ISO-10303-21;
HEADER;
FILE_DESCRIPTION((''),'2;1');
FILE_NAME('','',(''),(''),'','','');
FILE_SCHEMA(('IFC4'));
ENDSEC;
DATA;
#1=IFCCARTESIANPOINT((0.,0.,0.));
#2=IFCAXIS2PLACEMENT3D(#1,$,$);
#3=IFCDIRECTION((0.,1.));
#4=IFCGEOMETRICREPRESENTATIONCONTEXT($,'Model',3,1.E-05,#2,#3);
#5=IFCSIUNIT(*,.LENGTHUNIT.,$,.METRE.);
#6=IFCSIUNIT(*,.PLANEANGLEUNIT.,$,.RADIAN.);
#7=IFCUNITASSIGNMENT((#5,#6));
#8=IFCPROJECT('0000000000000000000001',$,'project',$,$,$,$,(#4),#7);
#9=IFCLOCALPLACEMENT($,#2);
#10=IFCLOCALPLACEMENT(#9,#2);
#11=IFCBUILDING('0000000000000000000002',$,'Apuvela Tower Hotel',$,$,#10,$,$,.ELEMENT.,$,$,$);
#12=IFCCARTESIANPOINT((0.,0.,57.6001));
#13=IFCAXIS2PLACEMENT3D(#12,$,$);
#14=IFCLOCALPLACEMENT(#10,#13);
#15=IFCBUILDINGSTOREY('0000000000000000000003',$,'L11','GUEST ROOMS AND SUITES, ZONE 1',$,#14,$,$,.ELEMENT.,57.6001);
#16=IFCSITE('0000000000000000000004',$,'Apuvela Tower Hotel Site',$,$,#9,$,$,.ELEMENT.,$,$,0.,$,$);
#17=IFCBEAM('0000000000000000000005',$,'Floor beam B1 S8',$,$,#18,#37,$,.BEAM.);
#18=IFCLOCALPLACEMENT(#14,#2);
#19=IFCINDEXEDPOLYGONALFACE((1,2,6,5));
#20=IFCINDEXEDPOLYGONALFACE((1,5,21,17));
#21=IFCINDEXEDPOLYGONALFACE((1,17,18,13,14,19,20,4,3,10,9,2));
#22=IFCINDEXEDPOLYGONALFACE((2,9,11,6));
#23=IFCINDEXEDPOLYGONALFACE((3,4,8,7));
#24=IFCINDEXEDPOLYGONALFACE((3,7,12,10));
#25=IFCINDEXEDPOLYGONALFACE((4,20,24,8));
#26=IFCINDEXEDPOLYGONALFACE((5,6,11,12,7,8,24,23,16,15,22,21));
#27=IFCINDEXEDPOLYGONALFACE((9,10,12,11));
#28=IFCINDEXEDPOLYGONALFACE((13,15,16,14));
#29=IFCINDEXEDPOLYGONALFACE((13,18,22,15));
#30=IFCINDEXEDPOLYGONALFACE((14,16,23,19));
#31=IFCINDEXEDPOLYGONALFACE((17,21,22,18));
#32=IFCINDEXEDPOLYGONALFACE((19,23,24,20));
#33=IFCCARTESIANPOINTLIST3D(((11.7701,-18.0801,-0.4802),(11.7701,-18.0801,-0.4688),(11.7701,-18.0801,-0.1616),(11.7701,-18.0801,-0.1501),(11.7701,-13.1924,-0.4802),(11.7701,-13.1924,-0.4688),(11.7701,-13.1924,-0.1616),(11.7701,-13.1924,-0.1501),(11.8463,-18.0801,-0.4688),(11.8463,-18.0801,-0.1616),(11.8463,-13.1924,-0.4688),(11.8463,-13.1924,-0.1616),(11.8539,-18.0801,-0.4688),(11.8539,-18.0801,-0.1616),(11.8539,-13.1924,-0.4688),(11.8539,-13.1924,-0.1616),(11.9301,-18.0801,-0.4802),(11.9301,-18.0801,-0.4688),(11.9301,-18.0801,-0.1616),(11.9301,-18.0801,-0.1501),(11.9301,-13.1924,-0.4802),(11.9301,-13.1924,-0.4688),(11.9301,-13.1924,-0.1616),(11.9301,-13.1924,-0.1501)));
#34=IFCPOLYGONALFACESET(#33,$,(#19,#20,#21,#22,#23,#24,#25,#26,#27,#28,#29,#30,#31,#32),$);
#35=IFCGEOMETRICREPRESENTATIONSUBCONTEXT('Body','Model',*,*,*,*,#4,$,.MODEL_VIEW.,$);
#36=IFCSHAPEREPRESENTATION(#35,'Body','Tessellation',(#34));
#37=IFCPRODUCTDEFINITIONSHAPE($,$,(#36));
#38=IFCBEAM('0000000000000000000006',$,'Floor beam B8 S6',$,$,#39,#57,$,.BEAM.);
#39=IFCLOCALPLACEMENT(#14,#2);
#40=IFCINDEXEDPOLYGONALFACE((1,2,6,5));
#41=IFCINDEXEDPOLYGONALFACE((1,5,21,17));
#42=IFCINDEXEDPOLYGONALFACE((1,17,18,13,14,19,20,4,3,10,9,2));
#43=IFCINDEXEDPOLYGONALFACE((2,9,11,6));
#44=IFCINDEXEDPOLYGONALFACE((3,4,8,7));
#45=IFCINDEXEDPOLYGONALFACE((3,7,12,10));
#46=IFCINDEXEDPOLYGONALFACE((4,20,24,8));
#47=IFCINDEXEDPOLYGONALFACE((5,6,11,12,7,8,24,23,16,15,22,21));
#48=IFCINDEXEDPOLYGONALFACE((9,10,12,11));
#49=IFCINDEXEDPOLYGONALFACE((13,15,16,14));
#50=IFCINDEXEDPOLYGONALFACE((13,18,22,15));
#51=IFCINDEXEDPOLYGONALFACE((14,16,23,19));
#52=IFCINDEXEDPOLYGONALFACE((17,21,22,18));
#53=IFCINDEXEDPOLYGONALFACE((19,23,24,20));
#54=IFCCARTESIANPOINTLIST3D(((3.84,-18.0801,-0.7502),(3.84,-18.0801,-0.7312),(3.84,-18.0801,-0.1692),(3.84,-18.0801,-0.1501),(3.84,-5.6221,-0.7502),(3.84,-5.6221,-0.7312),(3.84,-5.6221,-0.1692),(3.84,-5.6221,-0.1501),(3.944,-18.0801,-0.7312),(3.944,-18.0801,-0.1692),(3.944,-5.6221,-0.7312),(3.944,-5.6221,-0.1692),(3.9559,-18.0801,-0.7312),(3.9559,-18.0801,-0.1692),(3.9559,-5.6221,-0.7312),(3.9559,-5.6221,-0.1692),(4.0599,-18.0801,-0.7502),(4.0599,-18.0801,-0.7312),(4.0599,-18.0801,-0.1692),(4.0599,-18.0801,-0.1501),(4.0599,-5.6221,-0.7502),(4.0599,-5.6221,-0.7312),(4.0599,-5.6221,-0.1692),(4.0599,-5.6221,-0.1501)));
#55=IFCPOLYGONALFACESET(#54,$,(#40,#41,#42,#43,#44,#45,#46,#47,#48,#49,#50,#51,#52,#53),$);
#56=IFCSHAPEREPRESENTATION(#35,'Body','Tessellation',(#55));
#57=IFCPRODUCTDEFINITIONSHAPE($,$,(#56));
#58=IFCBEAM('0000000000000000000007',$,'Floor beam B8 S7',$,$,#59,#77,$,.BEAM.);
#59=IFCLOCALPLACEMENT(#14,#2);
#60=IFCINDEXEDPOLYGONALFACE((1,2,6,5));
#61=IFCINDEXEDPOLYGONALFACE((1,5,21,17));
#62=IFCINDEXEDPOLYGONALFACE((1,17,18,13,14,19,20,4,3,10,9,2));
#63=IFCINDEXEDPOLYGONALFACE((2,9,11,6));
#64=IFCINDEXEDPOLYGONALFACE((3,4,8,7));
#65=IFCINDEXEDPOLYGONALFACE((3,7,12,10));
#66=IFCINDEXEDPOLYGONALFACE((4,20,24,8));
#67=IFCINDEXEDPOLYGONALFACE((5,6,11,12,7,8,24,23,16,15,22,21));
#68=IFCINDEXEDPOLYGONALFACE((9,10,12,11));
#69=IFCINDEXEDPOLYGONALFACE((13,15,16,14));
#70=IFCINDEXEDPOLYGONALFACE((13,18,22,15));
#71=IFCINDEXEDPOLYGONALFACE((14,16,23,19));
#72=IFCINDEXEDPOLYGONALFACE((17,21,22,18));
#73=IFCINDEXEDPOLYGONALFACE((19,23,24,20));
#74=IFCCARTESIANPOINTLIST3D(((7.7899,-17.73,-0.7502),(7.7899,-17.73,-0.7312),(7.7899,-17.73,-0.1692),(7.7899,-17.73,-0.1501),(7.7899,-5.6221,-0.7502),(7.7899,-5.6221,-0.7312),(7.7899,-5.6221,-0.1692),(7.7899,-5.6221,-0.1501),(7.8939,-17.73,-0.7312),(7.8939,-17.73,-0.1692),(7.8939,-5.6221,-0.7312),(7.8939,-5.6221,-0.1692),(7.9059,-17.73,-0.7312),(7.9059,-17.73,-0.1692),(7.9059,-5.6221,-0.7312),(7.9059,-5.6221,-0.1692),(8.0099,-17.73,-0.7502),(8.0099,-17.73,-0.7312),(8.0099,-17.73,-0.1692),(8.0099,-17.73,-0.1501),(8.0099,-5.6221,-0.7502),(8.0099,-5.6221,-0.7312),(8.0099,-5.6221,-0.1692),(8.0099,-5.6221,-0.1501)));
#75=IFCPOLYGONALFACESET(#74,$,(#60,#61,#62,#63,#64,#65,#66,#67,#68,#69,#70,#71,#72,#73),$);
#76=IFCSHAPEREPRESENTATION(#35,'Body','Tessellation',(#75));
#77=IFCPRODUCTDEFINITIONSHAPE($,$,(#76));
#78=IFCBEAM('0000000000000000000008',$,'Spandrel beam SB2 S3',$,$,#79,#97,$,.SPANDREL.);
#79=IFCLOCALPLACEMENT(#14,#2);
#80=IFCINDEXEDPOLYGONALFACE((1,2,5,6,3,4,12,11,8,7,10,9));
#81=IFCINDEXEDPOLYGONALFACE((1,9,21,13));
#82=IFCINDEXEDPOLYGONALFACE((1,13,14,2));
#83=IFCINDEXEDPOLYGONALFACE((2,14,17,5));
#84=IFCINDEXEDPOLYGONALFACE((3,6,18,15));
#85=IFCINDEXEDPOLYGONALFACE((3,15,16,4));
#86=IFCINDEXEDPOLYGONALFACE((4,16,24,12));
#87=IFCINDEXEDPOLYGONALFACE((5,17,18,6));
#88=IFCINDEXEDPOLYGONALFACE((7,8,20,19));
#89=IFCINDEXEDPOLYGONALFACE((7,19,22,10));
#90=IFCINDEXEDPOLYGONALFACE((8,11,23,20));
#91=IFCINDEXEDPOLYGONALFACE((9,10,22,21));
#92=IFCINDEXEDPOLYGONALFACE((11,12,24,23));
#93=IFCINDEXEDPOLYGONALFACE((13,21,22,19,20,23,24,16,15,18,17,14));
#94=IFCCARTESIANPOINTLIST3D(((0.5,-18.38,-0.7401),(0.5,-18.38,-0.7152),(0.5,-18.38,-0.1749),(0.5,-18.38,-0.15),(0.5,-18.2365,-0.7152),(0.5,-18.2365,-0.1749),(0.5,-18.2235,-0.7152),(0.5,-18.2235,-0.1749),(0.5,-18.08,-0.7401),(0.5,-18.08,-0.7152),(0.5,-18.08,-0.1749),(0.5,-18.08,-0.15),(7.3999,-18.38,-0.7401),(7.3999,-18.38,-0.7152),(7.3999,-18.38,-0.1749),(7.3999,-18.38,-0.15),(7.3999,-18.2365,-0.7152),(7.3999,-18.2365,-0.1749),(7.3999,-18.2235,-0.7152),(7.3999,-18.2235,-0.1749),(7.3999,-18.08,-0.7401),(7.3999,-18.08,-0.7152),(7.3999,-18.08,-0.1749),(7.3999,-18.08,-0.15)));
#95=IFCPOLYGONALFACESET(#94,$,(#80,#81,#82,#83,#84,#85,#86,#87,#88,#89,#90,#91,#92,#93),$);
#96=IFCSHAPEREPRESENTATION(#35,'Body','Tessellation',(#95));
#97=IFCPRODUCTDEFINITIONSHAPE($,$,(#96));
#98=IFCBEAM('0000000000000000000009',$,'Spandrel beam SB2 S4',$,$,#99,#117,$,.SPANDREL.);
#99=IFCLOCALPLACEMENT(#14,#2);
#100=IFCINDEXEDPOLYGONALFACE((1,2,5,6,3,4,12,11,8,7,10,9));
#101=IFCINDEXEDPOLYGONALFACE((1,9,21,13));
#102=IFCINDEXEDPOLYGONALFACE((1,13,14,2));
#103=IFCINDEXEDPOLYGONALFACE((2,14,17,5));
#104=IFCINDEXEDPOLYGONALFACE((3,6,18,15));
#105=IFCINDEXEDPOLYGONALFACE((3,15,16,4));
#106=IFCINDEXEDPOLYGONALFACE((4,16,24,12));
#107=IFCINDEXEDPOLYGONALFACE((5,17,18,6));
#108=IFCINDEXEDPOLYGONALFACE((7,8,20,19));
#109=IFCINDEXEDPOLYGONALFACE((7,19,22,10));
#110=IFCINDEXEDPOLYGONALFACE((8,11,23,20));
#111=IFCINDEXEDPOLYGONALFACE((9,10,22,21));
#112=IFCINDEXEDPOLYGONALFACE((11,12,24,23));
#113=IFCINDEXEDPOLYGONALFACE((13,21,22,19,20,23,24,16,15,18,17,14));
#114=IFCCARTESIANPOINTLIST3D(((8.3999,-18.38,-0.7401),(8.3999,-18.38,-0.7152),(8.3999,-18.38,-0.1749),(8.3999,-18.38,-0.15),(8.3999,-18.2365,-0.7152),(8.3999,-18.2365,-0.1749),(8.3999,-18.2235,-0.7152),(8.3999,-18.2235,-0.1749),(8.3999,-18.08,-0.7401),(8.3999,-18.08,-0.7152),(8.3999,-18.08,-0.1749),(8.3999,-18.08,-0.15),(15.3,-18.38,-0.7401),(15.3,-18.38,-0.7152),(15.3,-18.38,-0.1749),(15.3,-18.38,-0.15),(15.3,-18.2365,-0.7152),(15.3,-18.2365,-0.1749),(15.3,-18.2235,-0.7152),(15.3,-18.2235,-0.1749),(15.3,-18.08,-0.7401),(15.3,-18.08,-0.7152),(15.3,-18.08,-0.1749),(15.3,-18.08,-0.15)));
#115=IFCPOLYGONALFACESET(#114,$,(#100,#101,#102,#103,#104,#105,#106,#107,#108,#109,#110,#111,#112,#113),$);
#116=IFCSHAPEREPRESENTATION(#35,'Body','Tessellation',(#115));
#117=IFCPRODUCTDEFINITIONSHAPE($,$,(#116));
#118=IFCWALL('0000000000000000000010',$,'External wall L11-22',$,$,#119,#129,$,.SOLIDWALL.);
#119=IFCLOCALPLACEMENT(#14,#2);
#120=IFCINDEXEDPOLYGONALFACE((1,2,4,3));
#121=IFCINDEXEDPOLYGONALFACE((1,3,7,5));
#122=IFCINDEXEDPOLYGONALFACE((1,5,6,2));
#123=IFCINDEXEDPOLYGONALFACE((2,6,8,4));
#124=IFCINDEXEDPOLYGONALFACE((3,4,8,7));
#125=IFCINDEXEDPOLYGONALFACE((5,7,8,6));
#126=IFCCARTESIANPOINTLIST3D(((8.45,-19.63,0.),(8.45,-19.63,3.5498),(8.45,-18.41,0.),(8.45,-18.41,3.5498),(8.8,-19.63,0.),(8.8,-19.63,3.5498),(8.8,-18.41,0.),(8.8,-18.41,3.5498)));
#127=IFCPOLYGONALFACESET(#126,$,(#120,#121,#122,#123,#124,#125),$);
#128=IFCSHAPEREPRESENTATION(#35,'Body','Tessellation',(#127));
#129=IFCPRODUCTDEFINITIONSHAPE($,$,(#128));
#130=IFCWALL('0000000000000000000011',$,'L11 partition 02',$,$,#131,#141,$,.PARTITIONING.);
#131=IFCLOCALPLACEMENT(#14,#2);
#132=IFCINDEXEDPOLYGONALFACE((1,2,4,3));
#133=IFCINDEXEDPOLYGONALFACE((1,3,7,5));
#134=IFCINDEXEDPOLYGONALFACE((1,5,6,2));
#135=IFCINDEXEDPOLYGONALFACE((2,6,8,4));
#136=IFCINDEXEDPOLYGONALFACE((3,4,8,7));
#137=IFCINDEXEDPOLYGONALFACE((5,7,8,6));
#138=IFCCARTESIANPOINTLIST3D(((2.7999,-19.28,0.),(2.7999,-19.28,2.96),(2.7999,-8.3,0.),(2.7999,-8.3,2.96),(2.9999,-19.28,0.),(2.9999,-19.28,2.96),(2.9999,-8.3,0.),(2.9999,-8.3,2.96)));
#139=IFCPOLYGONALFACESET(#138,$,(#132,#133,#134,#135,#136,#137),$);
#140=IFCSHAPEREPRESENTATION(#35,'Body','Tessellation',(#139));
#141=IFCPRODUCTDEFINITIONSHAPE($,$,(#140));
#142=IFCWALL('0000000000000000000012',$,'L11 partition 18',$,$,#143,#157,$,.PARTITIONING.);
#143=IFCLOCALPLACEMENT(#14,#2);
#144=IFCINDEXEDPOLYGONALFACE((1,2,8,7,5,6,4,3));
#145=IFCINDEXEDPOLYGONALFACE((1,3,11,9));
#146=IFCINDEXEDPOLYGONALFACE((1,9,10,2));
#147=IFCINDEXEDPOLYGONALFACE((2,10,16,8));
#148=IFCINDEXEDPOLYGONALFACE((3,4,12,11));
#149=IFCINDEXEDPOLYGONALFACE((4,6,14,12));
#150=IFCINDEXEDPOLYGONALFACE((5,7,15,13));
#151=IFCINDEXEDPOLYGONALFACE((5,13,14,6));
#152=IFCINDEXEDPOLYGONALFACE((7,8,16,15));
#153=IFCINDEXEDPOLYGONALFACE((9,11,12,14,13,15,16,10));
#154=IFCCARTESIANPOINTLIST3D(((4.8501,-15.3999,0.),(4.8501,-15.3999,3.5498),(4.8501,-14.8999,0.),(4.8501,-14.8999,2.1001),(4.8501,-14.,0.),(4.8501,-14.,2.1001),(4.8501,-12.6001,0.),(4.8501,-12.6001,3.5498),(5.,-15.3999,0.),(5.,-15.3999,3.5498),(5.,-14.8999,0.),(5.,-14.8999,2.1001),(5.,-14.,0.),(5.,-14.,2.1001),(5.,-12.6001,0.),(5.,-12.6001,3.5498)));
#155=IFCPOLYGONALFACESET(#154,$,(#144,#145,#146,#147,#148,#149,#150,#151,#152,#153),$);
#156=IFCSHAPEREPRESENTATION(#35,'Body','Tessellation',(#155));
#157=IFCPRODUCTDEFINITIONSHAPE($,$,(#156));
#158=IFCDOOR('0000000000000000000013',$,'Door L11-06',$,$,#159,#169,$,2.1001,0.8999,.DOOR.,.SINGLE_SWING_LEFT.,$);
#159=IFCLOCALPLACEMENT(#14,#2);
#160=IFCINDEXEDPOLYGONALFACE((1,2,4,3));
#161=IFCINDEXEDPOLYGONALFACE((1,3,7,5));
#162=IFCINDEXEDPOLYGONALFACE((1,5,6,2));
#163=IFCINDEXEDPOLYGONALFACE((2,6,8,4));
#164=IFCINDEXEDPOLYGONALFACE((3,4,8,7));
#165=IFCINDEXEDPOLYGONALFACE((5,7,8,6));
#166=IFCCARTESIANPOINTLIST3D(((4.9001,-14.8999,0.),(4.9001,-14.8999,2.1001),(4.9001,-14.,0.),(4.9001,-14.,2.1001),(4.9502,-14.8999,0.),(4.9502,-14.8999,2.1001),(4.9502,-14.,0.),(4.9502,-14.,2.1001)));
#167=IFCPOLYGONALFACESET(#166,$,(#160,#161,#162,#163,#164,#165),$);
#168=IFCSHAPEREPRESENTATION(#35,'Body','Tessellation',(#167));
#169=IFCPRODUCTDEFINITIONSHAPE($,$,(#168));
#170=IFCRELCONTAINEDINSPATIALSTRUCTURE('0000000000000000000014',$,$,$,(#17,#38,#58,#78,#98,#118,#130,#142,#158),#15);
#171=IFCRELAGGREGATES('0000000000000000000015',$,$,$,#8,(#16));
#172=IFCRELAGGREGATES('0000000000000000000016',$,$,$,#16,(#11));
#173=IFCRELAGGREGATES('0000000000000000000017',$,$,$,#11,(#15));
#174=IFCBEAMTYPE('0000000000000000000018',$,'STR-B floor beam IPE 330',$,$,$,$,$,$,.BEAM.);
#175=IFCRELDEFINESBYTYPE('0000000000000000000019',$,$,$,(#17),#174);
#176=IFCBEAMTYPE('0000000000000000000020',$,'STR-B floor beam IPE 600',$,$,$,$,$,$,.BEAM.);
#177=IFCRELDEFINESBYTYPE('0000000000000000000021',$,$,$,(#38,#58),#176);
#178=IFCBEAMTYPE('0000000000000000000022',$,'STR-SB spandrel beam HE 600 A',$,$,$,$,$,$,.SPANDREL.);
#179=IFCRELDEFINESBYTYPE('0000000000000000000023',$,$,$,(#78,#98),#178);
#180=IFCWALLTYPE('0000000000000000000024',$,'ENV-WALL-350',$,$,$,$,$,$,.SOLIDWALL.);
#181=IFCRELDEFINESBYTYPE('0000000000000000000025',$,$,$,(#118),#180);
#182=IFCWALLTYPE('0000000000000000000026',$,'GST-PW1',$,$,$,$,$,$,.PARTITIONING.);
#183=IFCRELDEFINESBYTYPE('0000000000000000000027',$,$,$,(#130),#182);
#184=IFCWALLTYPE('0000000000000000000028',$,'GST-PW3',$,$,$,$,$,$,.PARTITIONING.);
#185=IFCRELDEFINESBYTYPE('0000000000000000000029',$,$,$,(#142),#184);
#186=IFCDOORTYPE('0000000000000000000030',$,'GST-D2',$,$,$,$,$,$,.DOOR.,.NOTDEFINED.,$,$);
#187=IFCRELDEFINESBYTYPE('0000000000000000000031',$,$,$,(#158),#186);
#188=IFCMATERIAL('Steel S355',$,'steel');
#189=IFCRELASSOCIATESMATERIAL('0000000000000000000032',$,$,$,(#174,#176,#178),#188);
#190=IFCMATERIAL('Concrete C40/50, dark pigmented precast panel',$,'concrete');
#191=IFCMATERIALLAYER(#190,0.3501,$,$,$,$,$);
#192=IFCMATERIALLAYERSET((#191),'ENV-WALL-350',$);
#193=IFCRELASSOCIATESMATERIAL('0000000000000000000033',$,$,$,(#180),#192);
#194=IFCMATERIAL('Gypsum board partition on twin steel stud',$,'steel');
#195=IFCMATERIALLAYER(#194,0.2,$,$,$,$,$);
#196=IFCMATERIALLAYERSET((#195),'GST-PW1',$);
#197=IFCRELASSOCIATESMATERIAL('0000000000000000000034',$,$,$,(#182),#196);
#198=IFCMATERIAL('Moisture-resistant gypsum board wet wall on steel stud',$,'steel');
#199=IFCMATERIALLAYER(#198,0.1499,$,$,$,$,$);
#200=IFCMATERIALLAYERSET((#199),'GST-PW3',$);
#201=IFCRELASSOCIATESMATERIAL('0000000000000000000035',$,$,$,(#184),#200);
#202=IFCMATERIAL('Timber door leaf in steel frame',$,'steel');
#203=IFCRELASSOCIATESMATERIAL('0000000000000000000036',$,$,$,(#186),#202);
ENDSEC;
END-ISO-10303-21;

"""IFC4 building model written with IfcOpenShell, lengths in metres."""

from ifc_helpers import new_model, si_unit, direction, frame, frame_2d, origin, origin_2d, place, context, subcontext, project, spatial, rectangle, i_section, extrude, material, layer, layer_set, material_profile, profile_set, type_object, element, fill, save


model = new_model("IFC4")

# Units and contexts
model_context = context("Model", 3, precision=1e-05, world=origin(), true_north=direction((0.0, 1.0)))
body_context = subcontext(model_context, "Body", "Model", "MODEL_VIEW")
ifc_project = project(units=[si_unit("LENGTHUNIT", "METRE"), si_unit("PLANEANGLEUNIT", "RADIAN")], contexts=[model_context])

# Site, building, storey
site_placement = place(None, origin())
site = spatial("IfcSite", under=ifc_project, at=site_placement, Name="Apuvela Tower Hotel Site", CompositionType="ELEMENT", RefElevation=0.0)
building_placement = place(site_placement, origin())
building = spatial("IfcBuilding", under=site, at=building_placement, Name="Apuvela Tower Hotel", CompositionType="ELEMENT")
storey_placement = place(building_placement, frame((0.0, 0.0, 57.6001)))
storey = spatial("IfcBuildingStorey", under=building, at=storey_placement, Name="L11", Description="GUEST ROOMS AND SUITES, ZONE 1", CompositionType="ELEMENT", Elevation=57.6001)

# Beams
ifc_material_1 = material(Name="Steel S355", Category="steel")
ifc_material_profile_1 = material_profile(ifc_material_1, i_section(OverallWidth=0.1599, OverallDepth=0.3301, WebThickness=0.0076, FlangeThickness=0.0115, at=origin_2d()), Name="IPE 330")
ifc_profile_set_1 = profile_set([ifc_material_profile_1], Name="Steel S355")
beam_type_1 = type_object("IfcBeamType", Name="STR-B floor beam IPE 330", PredefinedType="BEAM", material=ifc_profile_set_1)
beam_1_placement = place(storey_placement, frame((11.8501, -18.0801, -0.3152), z_axis=(0.0, 1.0, 0.0), x_axis=(-1.0, 0.0, 0.0)))
element("IfcBeam", 1, at=beam_1_placement, inside=storey, type_object=beam_type_1, Name="Floor beam B1 S8", PredefinedType="BEAM", context=body_context, shape_type="SweptSolid", body=[
    extrude(i_section(OverallWidth=0.1599, OverallDepth=0.3301, WebThickness=0.0076, FlangeThickness=0.0115, at=origin_2d()), origin(), (0.0, 0.0, 1.0), 4.8877),
])
ifc_material_profile_2 = material_profile(ifc_material_1, i_section(OverallWidth=0.22, OverallDepth=0.6001, WebThickness=0.012, FlangeThickness=0.019, at=origin_2d()), Name="IPE 600")
ifc_profile_set_2 = profile_set([ifc_material_profile_2], Name="Steel S355")
beam_type_2 = type_object("IfcBeamType", Name="STR-B floor beam IPE 600", PredefinedType="BEAM", material=ifc_profile_set_2)
beam_2_placement = place(storey_placement, frame((3.95, -18.0801, -0.4502), z_axis=(0.0, 1.0, 0.0), x_axis=(-1.0, 0.0, 0.0)))
element("IfcBeam", 2, at=beam_2_placement, inside=storey, type_object=beam_type_2, Name="Floor beam B8 S6", PredefinedType="BEAM", context=body_context, shape_type="SweptSolid", body=[
    extrude(i_section(OverallWidth=0.22, OverallDepth=0.6001, WebThickness=0.012, FlangeThickness=0.019, at=origin_2d()), origin(), (0.0, 0.0, 1.0), 12.458),
])
beam_3_placement = place(storey_placement, frame((7.8999, -17.73, -0.4502), z_axis=(0.0, 1.0, 0.0), x_axis=(-1.0, 0.0, 0.0)))
element("IfcBeam", 3, at=beam_3_placement, inside=storey, type_object=beam_type_2, Name="Floor beam B8 S7", PredefinedType="BEAM", context=body_context, shape_type="SweptSolid", body=[
    extrude(i_section(OverallWidth=0.22, OverallDepth=0.6001, WebThickness=0.012, FlangeThickness=0.019, at=origin_2d()), origin(), (0.0, 0.0, 1.0), 12.1079),
])
ifc_material_profile_3 = material_profile(ifc_material_1, i_section(OverallWidth=0.3, OverallDepth=0.5901, WebThickness=0.0129, FlangeThickness=0.0249, at=origin_2d()), Name="HE 600 A")
ifc_profile_set_3 = profile_set([ifc_material_profile_3], Name="Steel S355")
beam_type_3 = type_object("IfcBeamType", Name="STR-SB spandrel beam HE 600 A", PredefinedType="SPANDREL", material=ifc_profile_set_3)
beam_4_placement = place(storey_placement, frame((0.5, -18.23, -0.4451), z_axis=(1.0, 0.0, 0.0), x_axis=(0.0, 1.0, 0.0)))
element("IfcBeam", 4, at=beam_4_placement, inside=storey, type_object=beam_type_3, Name="Spandrel beam SB2 S3", PredefinedType="SPANDREL", context=body_context, shape_type="SweptSolid", body=[
    extrude(i_section(OverallWidth=0.3, OverallDepth=0.5901, WebThickness=0.0129, FlangeThickness=0.0249, at=origin_2d()), origin(), (0.0, 0.0, 1.0), 6.8999),
])
beam_5_placement = place(storey_placement, frame((8.3999, -18.23, -0.4451), z_axis=(1.0, 0.0, 0.0), x_axis=(0.0, 1.0, 0.0)))
element("IfcBeam", 5, at=beam_5_placement, inside=storey, type_object=beam_type_3, Name="Spandrel beam SB2 S4", PredefinedType="SPANDREL", context=body_context, shape_type="SweptSolid", body=[
    extrude(i_section(OverallWidth=0.3, OverallDepth=0.5901, WebThickness=0.0129, FlangeThickness=0.0249, at=origin_2d()), origin(), (0.0, 0.0, 1.0), 6.9001),
])

# Wall
ifc_material_2 = material(Name="Concrete C40/50, dark pigmented precast panel", Category="concrete")
ifc_layer_1 = layer(ifc_material_2, 0.3501)
ifc_layer_set_1 = layer_set([ifc_layer_1], Name="ENV-WALL-350")
wall_type_1 = type_object("IfcWallType", Name="ENV-WALL-350", PredefinedType="SOLIDWALL", material=ifc_layer_set_1)
wall_1_placement = place(storey_placement, frame((8.625, -19.6299, 0.0), z_axis=(0.0, 0.0, 1.0), x_axis=(0.0, 1.0, 0.0)))
element("IfcWall", 6, at=wall_1_placement, inside=storey, type_object=wall_type_1, Name="External wall L11-22", PredefinedType="SOLIDWALL", context=body_context, shape_type="SweptSolid", body=[
    extrude(rectangle(XDim=1.22, YDim=0.3501, at=frame_2d((0.6099, 0.0))), origin(), (0.0, 0.0, 1.0), 3.5498),
])

# Wall
ifc_material_3 = material(Name="Gypsum board partition on twin steel stud", Category="steel")
ifc_layer_2 = layer(ifc_material_3, 0.2)
ifc_layer_set_2 = layer_set([ifc_layer_2], Name="GST-PW1")
wall_type_2 = type_object("IfcWallType", Name="GST-PW1", PredefinedType="PARTITIONING", material=ifc_layer_set_2)
wall_2_placement = place(storey_placement, frame((2.8999, -19.28, 0.0), z_axis=(0.0, 0.0, 1.0), x_axis=(0.0, 1.0, 0.0)))
element("IfcWall", 7, at=wall_2_placement, inside=storey, type_object=wall_type_2, Name="L11 partition 02", PredefinedType="PARTITIONING", context=body_context, shape_type="SweptSolid", body=[
    extrude(rectangle(XDim=10.98, YDim=0.2, at=frame_2d((5.49, 0.0))), origin(), (0.0, 0.0, 1.0), 2.96),
])

# Wall, opening, door
ifc_material_4 = material(Name="Moisture-resistant gypsum board wet wall on steel stud", Category="steel")
ifc_layer_3 = layer(ifc_material_4, 0.1499)
ifc_layer_set_3 = layer_set([ifc_layer_3], Name="GST-PW3")
wall_type_3 = type_object("IfcWallType", Name="GST-PW3", PredefinedType="PARTITIONING", material=ifc_layer_set_3)
wall_3_placement = place(storey_placement, frame((4.925, -15.3999, 0.0), z_axis=(0.0, 0.0, 1.0), x_axis=(0.0, 1.0, 0.0)))
wall_3 = element("IfcWall", 8, at=wall_3_placement, inside=storey, type_object=wall_type_3, Name="L11 partition 18", PredefinedType="PARTITIONING", context=body_context, shape_type="SweptSolid", body=[
    extrude(rectangle(XDim=2.7998, YDim=0.1499, at=frame_2d((1.3999, 0.0))), origin(), (0.0, 0.0, 1.0), 3.5498),
])
opening_1_placement = place(wall_3_placement, frame((0.5, 0.0, 0.0)))
opening_1 = element("IfcOpeningElement", 9, at=opening_1_placement, cuts=wall_3, PredefinedType="OPENING", context=body_context, shape_type="SweptSolid", body=[
    extrude(rectangle(XDim=0.8999, YDim=2.1001, at=frame_2d((0.45, 1.05))), frame((0.0, 0.085, 0.0), z_axis=(0.0, -1.0, 0.0), x_axis=(1.0, 0.0, 0.0)), (0.0, 0.0, 1.0), 0.1699),
])
ifc_material_5 = material(Name="Timber door leaf in steel frame", Category="steel")
door_type_1 = type_object("IfcDoorType", Name="GST-D2", OperationType="NOTDEFINED", PredefinedType="DOOR", material=ifc_material_5)
door_1_placement = place(opening_1_placement, origin())
door_1 = element("IfcDoor", 10, at=door_1_placement, inside=storey, type_object=door_type_1, Name="Door L11-06", OperationType="SINGLE_SWING_LEFT", OverallHeight=2.1001, OverallWidth=0.8999, PredefinedType="DOOR", context=body_context, shape_type="SweptSolid", body=[
    extrude(rectangle(XDim=0.8999, YDim=2.1001, at=frame_2d((0.45, 1.05))), frame((0.0, 0.0249, 0.0), z_axis=(0.0, -1.0, 0.0), x_axis=(1.0, 0.0, 0.0)), (0.0, 0.0, 1.0), 0.05),
])
fill(opening_1, door_1)

save(model, "model.ifc")
